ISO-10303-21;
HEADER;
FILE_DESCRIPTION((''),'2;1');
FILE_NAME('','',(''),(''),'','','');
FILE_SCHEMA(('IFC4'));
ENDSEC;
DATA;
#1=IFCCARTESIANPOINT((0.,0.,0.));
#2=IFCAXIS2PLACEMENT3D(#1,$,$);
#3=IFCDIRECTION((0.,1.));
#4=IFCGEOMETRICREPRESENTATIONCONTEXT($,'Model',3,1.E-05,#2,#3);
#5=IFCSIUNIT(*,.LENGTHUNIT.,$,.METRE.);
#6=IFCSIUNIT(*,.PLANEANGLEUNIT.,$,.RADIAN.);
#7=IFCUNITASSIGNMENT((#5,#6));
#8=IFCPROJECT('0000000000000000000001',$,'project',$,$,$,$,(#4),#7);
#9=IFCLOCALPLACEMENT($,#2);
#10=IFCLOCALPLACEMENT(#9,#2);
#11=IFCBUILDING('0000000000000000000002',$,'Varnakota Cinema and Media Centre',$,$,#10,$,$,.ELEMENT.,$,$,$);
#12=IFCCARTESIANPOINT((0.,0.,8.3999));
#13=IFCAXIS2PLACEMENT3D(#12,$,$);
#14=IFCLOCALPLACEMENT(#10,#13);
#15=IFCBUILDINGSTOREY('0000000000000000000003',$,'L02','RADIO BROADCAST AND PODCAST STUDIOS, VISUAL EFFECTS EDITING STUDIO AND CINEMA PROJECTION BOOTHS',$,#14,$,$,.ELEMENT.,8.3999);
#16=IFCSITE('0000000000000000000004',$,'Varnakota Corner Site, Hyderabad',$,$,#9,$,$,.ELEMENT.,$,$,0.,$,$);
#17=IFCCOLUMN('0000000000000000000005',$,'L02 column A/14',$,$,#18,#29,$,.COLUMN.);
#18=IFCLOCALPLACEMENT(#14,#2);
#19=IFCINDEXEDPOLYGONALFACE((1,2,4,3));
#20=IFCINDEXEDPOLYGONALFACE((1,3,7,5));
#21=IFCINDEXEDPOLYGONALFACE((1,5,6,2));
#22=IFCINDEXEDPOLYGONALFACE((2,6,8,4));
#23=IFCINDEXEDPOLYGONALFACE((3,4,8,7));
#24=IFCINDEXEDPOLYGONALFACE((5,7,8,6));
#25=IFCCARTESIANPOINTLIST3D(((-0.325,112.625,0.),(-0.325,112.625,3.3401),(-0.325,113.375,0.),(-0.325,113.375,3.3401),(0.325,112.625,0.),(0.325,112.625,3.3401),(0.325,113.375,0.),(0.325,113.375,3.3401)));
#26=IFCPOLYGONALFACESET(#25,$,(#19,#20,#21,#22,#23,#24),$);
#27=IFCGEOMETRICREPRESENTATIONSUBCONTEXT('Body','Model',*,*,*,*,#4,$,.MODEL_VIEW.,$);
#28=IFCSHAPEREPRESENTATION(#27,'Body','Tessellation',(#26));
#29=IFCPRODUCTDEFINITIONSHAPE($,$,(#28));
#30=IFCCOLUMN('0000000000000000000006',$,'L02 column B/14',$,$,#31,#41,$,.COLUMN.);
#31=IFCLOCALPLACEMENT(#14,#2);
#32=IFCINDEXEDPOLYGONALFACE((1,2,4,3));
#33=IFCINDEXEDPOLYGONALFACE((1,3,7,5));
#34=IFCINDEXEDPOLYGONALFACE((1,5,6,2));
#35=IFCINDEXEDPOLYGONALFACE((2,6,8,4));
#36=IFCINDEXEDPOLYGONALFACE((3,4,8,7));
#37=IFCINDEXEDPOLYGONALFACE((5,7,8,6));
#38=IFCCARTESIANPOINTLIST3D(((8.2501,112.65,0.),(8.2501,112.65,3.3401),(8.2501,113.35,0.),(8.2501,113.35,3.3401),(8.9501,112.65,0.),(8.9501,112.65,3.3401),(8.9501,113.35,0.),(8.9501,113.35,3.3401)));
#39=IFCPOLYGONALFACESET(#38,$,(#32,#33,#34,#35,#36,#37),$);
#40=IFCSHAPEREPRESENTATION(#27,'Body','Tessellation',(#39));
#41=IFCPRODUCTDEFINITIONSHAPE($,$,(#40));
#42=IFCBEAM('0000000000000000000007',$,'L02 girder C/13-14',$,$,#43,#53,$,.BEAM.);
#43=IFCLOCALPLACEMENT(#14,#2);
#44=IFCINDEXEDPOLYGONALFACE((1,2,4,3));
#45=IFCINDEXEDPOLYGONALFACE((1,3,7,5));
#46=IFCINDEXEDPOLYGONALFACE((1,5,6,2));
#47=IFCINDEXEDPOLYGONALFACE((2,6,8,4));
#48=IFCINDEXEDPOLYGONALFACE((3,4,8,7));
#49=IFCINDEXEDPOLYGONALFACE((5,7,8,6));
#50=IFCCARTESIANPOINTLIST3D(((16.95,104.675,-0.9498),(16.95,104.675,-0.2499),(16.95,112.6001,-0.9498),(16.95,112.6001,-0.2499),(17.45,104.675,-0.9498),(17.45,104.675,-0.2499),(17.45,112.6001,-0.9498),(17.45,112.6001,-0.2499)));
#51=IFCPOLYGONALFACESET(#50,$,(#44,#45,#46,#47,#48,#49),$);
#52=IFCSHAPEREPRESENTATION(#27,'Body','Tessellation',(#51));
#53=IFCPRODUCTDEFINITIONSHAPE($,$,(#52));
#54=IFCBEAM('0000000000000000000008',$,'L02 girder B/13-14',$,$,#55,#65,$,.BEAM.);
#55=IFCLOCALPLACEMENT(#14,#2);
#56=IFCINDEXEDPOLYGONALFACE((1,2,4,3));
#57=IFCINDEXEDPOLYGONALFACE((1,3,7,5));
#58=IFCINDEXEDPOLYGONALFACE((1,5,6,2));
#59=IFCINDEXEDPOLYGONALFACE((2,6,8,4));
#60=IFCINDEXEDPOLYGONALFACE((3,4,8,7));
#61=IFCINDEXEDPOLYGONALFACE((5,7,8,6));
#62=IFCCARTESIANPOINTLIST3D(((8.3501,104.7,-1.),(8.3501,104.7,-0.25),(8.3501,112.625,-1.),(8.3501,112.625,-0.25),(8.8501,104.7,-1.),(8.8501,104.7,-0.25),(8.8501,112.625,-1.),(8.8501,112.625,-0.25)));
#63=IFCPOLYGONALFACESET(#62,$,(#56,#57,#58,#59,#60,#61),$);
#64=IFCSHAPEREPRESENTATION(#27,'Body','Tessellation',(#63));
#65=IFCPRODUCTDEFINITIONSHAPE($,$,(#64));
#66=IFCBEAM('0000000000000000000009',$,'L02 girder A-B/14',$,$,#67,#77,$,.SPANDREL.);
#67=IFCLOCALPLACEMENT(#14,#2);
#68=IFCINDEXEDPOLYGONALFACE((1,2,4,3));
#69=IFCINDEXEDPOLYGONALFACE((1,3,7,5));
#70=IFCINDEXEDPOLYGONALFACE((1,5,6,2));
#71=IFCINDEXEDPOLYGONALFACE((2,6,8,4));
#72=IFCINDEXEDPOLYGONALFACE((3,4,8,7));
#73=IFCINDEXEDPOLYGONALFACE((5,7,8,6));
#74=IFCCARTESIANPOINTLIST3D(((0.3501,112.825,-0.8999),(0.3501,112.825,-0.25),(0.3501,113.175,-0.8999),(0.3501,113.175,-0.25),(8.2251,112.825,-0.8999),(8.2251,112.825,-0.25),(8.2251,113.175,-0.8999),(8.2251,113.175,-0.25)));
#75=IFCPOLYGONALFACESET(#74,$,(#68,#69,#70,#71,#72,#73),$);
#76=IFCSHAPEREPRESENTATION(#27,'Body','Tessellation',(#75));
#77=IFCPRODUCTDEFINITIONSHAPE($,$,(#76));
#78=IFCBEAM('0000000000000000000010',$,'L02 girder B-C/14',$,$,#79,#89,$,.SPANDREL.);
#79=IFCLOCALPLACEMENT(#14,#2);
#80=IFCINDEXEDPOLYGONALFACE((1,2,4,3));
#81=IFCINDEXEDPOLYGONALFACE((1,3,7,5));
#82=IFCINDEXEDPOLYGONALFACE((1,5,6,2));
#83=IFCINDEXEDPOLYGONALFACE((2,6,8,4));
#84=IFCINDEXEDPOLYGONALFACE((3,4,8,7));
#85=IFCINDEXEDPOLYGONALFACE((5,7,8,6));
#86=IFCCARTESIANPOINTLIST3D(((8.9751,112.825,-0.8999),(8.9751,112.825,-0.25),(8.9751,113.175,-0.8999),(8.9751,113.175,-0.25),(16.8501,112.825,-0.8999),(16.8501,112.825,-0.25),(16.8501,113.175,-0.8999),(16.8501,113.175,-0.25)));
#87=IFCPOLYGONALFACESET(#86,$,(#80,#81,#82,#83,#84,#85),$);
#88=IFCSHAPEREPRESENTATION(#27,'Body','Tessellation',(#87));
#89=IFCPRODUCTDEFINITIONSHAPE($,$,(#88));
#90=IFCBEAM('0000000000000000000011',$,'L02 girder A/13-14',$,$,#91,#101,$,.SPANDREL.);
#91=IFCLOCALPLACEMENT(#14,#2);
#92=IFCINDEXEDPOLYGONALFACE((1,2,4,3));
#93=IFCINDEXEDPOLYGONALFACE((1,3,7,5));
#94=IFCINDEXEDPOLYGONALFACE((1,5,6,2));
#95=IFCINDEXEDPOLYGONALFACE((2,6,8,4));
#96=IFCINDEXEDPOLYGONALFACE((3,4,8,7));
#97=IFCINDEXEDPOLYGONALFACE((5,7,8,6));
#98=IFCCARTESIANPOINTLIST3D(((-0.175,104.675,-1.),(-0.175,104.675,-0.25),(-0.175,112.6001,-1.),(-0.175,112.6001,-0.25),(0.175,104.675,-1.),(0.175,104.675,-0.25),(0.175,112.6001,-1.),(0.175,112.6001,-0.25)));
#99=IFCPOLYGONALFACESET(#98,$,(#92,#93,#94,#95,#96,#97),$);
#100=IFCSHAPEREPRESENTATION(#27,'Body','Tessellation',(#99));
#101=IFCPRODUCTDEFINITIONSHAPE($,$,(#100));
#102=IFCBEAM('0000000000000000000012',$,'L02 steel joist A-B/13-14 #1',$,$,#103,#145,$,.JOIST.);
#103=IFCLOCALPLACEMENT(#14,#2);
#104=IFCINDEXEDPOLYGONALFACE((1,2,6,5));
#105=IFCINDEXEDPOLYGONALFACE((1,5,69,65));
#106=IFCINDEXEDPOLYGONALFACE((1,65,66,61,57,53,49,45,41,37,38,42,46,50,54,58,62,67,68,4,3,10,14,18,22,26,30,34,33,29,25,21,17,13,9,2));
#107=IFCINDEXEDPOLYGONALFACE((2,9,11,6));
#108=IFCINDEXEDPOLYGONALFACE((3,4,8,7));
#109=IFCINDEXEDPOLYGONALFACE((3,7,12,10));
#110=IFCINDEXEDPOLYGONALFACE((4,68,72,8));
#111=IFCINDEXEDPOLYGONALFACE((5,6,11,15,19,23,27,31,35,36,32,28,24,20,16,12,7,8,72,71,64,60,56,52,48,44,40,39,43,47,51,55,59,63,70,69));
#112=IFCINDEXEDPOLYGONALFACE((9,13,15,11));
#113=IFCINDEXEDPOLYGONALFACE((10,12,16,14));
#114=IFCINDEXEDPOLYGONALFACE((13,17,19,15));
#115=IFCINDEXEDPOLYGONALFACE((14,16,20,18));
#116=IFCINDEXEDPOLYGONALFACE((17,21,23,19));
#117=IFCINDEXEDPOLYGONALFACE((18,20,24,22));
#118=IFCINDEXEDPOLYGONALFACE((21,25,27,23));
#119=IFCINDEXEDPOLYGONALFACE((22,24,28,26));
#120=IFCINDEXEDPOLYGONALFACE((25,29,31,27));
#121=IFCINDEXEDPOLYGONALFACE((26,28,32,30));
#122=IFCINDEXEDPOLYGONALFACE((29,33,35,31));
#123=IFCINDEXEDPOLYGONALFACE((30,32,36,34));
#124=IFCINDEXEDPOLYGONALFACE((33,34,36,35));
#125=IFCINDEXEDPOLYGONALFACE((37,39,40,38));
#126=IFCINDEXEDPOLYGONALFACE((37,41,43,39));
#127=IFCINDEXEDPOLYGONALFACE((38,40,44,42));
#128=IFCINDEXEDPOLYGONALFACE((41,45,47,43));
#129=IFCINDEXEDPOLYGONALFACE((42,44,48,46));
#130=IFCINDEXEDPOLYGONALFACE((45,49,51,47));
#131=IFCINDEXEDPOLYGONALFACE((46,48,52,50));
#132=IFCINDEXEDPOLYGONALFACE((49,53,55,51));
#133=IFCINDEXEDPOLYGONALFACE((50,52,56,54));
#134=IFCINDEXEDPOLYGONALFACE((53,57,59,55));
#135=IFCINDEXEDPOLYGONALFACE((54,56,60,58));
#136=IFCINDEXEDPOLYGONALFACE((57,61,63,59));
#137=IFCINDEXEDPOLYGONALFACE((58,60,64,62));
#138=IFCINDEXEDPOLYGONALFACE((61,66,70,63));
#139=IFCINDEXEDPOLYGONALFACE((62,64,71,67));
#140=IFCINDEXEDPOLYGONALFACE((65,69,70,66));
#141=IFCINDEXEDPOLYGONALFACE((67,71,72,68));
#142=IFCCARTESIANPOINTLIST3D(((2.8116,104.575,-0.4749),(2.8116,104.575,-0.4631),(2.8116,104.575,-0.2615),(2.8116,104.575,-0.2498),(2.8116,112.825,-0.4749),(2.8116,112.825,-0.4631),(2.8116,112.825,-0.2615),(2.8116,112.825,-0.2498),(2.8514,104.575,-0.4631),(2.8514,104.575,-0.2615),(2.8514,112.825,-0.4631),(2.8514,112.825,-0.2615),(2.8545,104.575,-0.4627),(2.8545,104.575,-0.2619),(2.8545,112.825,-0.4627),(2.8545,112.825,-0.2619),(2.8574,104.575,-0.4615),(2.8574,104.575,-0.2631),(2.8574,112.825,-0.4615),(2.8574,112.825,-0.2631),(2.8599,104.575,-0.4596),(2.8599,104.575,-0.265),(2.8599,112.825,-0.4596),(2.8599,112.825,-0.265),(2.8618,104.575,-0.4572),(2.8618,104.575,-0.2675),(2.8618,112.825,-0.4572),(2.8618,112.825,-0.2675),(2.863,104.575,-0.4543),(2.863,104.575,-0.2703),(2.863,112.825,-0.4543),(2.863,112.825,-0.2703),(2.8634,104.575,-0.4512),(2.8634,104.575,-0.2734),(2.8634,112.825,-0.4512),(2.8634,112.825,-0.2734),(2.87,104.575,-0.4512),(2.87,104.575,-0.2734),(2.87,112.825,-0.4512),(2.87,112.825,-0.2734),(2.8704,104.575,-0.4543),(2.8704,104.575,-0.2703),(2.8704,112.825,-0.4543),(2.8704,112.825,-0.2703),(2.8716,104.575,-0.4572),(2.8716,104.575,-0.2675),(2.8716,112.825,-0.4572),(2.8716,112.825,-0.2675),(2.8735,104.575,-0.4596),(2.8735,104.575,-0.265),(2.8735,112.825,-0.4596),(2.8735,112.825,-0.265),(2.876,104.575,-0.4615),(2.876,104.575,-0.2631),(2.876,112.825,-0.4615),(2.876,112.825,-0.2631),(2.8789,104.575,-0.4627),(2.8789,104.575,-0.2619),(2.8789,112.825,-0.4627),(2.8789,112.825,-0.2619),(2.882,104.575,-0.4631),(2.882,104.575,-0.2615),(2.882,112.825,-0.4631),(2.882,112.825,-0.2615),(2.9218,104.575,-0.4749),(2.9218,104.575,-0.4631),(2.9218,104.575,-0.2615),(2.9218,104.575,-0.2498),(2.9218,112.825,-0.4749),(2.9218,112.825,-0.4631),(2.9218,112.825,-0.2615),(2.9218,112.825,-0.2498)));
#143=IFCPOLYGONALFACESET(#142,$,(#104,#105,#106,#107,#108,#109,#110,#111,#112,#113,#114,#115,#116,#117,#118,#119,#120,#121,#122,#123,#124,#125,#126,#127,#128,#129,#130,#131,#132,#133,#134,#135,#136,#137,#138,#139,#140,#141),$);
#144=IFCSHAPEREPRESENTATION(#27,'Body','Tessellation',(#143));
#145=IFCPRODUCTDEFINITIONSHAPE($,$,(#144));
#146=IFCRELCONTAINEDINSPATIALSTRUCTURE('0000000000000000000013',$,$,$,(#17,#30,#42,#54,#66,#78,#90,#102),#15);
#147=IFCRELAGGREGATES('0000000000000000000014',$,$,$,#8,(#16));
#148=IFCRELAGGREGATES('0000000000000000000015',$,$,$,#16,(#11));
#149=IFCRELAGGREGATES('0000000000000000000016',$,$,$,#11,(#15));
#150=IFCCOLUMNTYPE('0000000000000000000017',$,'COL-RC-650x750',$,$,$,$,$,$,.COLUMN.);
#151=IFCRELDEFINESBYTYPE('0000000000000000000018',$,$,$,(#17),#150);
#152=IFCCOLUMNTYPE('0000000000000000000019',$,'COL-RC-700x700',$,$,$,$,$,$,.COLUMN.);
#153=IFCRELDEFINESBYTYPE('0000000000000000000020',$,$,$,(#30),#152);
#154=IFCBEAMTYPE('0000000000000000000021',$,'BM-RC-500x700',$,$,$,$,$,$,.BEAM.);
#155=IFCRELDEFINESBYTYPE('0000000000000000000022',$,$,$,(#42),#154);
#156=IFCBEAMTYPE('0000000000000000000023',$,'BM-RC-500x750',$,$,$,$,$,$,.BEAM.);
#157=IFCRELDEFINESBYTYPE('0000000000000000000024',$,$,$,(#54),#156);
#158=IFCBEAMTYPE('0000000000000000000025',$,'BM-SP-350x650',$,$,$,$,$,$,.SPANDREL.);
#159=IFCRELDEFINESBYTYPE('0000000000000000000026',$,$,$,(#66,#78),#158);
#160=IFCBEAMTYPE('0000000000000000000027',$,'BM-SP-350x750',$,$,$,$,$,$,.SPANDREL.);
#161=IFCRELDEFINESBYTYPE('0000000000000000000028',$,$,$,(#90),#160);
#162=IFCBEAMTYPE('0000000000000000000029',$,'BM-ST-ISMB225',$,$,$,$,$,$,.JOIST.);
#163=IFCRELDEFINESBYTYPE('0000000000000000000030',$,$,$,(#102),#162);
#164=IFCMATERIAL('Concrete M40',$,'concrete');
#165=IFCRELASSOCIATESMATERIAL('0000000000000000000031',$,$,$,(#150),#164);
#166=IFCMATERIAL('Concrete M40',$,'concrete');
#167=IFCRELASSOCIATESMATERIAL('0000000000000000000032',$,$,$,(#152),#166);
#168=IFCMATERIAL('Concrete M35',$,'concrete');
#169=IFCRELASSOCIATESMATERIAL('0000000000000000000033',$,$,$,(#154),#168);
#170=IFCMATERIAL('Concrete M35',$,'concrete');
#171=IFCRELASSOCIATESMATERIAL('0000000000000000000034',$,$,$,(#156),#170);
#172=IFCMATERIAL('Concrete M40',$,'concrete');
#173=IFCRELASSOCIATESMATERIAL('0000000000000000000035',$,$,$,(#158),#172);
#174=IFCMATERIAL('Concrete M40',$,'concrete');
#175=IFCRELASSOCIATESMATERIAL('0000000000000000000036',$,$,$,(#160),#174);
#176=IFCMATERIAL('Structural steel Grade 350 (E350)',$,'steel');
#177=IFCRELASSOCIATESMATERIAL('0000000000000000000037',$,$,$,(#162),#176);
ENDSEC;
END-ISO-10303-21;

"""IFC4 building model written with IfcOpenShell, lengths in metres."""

from ifc_helpers import new_model, si_unit, direction, frame, origin, origin_2d, place, context, subcontext, project, spatial, rectangle, i_section, extrude, material, material_profile, profile_set, type_object, element, save


model = new_model("IFC4")

# Units and contexts
model_context = context("Model", 3, precision=1e-05, world=origin(), true_north=direction((0.0, 1.0)))
body_context = subcontext(model_context, "Body", "Model", "MODEL_VIEW")
ifc_project = project(units=[si_unit("LENGTHUNIT", "METRE"), si_unit("PLANEANGLEUNIT", "RADIAN")], contexts=[model_context])

# Site, building, storey
site_placement = place(None, origin())
site = spatial("IfcSite", under=ifc_project, at=site_placement, Name="Varnakota Corner Site, Hyderabad", CompositionType="ELEMENT", RefElevation=0.0)
building_placement = place(site_placement, origin())
building = spatial("IfcBuilding", under=site, at=building_placement, Name="Varnakota Cinema and Media Centre", CompositionType="ELEMENT")
storey_placement = place(building_placement, frame((0.0, 0.0, 8.3999)))
storey = spatial("IfcBuildingStorey", under=building, at=storey_placement, Name="L02", Description="RADIO BROADCAST AND PODCAST STUDIOS, VISUAL EFFECTS EDITING STUDIO AND CINEMA PROJECTION BOOTHS", CompositionType="ELEMENT", Elevation=8.3999)

# Columns
ifc_material_1 = material(Name="Concrete M40", Category="concrete")
ifc_material_profile_1 = material_profile(ifc_material_1, rectangle(XDim=0.6499, YDim=0.75, at=origin_2d()), Name="RC 650x750")
ifc_profile_set_1 = profile_set([ifc_material_profile_1], Name="Concrete M40")
column_type_1 = type_object("IfcColumnType", Name="COL-RC-650x750", PredefinedType="COLUMN", material=ifc_profile_set_1)
column_1_placement = place(storey_placement, frame((0.0, 113.0, 0.0), z_axis=(0.0, 0.0, 1.0), x_axis=(1.0, 0.0, 0.0)))
element("IfcColumn", 1, at=column_1_placement, inside=storey, type_object=column_type_1, Name="L02 column A/14", PredefinedType="COLUMN", context=body_context, shape_type="SweptSolid", body=[
    extrude(rectangle(XDim=0.6499, YDim=0.75, at=origin_2d()), origin(), (0.0, 0.0, 1.0), 3.3401),
])
ifc_material_2 = material(Name="Concrete M40", Category="concrete")
ifc_material_profile_2 = material_profile(ifc_material_2, rectangle(XDim=0.7, YDim=0.7, at=origin_2d()), Name="RC 700x700")
ifc_profile_set_2 = profile_set([ifc_material_profile_2], Name="Concrete M40")
column_type_2 = type_object("IfcColumnType", Name="COL-RC-700x700", PredefinedType="COLUMN", material=ifc_profile_set_2)
column_2_placement = place(storey_placement, frame((8.6001, 113.0, 0.0), z_axis=(0.0, 0.0, 1.0), x_axis=(1.0, 0.0, 0.0)))
element("IfcColumn", 2, at=column_2_placement, inside=storey, type_object=column_type_2, Name="L02 column B/14", PredefinedType="COLUMN", context=body_context, shape_type="SweptSolid", body=[
    extrude(rectangle(XDim=0.7, YDim=0.7, at=origin_2d()), origin(), (0.0, 0.0, 1.0), 3.3401),
])

# Beams
ifc_material_3 = material(Name="Concrete M35", Category="concrete")
ifc_material_profile_3 = material_profile(ifc_material_3, rectangle(XDim=0.5, YDim=0.7, at=origin_2d()), Name="RCB 500x700")
ifc_profile_set_3 = profile_set([ifc_material_profile_3], Name="Concrete M35")
beam_type_1 = type_object("IfcBeamType", Name="BM-RC-500x700", PredefinedType="BEAM", material=ifc_profile_set_3)
beam_1_placement = place(storey_placement, frame((17.2, 104.675, -0.5999), z_axis=(0.0, 1.0, 0.0), x_axis=(-1.0, 0.0, 0.0)))
element("IfcBeam", 3, at=beam_1_placement, inside=storey, type_object=beam_type_1, Name="L02 girder C/13-14", PredefinedType="BEAM", context=body_context, shape_type="SweptSolid", body=[
    extrude(rectangle(XDim=0.5, YDim=0.7, at=origin_2d()), origin(), (0.0, 0.0, 1.0), 7.925),
])
ifc_material_4 = material(Name="Concrete M35", Category="concrete")
ifc_material_profile_4 = material_profile(ifc_material_4, rectangle(XDim=0.5, YDim=0.75, at=origin_2d()), Name="RCB 500x750")
ifc_profile_set_4 = profile_set([ifc_material_profile_4], Name="Concrete M35")
beam_type_2 = type_object("IfcBeamType", Name="BM-RC-500x750", PredefinedType="BEAM", material=ifc_profile_set_4)
beam_2_placement = place(storey_placement, frame((8.6001, 104.7, -0.625), z_axis=(0.0, 1.0, 0.0), x_axis=(-1.0, 0.0, 0.0)))
element("IfcBeam", 4, at=beam_2_placement, inside=storey, type_object=beam_type_2, Name="L02 girder B/13-14", PredefinedType="BEAM", context=body_context, shape_type="SweptSolid", body=[
    extrude(rectangle(XDim=0.5, YDim=0.75, at=origin_2d()), origin(), (0.0, 0.0, 1.0), 7.925),
])
ifc_material_5 = material(Name="Concrete M40", Category="concrete")
ifc_material_profile_5 = material_profile(ifc_material_5, rectangle(XDim=0.3501, YDim=0.6499, at=origin_2d()), Name="RCB 350x650")
ifc_profile_set_5 = profile_set([ifc_material_profile_5], Name="Concrete M40")
beam_type_3 = type_object("IfcBeamType", Name="BM-SP-350x650", PredefinedType="SPANDREL", material=ifc_profile_set_5)
for number, where, z_axis, x_axis, name in (
    (5, (0.3501, 113.0, -0.575), (1.0, 0.0, 0.0), (0.0, 1.0, 0.0), "L02 girder A-B/14"),
    (6, (8.9751, 113.0, -0.575), (1.0, 0.0, 0.0), (0.0, 1.0, 0.0), "L02 girder B-C/14"),
):
    element("IfcBeam", number, at=place(storey_placement, frame(where, z_axis=z_axis, x_axis=x_axis)), inside=storey, type_object=beam_type_3, Name=name, PredefinedType="SPANDREL", context=body_context, shape_type="SweptSolid", body=[
        extrude(rectangle(XDim=0.3501, YDim=0.6499, at=origin_2d()), origin(), (0.0, 0.0, 1.0), 7.875),
    ])
ifc_material_6 = material(Name="Concrete M40", Category="concrete")
ifc_material_profile_6 = material_profile(ifc_material_6, rectangle(XDim=0.3501, YDim=0.75, at=origin_2d()), Name="RCB 350x750")
ifc_profile_set_6 = profile_set([ifc_material_profile_6], Name="Concrete M40")
beam_type_4 = type_object("IfcBeamType", Name="BM-SP-350x750", PredefinedType="SPANDREL", material=ifc_profile_set_6)
beam_3_placement = place(storey_placement, frame((0.0, 104.675, -0.625), z_axis=(0.0, 1.0, 0.0), x_axis=(-1.0, 0.0, 0.0)))
element("IfcBeam", 7, at=beam_3_placement, inside=storey, type_object=beam_type_4, Name="L02 girder A/13-14", PredefinedType="SPANDREL", context=body_context, shape_type="SweptSolid", body=[
    extrude(rectangle(XDim=0.3501, YDim=0.75, at=origin_2d()), origin(), (0.0, 0.0, 1.0), 7.925),
])
ifc_material_7 = material(Name="Structural steel Grade 350 (E350)", Category="steel")
ifc_material_profile_7 = material_profile(ifc_material_7, i_section(OverallWidth=0.1101, OverallDepth=0.2251, WebThickness=0.0066, FlangeThickness=0.0117, FilletRadius=0.012, at=origin_2d()), Name="ISMB 225")
ifc_profile_set_7 = profile_set([ifc_material_profile_7], Name="Structural steel Grade 350 (E350)")
beam_type_5 = type_object("IfcBeamType", Name="BM-ST-ISMB225", PredefinedType="JOIST", material=ifc_profile_set_7)
for number, where, z_axis, x_axis, name in (
    (8, (2.8667, 104.575, -0.3623), (0.0, 1.0, 0.0), (-1.0, 0.0, 0.0), "L02 steel joist A-B/13-14 #1"),
):
    element("IfcBeam", number, at=place(storey_placement, frame(where, z_axis=z_axis, x_axis=x_axis)), inside=storey, type_object=beam_type_5, Name=name, PredefinedType="JOIST", context=body_context, shape_type="SweptSolid", body=[
        extrude(i_section(OverallWidth=0.1101, OverallDepth=0.2251, WebThickness=0.0066, FlangeThickness=0.0117, FilletRadius=0.012, at=origin_2d()), origin(), (0.0, 0.0, 1.0), 8.25),
    ])

save(model, "model.ifc")
